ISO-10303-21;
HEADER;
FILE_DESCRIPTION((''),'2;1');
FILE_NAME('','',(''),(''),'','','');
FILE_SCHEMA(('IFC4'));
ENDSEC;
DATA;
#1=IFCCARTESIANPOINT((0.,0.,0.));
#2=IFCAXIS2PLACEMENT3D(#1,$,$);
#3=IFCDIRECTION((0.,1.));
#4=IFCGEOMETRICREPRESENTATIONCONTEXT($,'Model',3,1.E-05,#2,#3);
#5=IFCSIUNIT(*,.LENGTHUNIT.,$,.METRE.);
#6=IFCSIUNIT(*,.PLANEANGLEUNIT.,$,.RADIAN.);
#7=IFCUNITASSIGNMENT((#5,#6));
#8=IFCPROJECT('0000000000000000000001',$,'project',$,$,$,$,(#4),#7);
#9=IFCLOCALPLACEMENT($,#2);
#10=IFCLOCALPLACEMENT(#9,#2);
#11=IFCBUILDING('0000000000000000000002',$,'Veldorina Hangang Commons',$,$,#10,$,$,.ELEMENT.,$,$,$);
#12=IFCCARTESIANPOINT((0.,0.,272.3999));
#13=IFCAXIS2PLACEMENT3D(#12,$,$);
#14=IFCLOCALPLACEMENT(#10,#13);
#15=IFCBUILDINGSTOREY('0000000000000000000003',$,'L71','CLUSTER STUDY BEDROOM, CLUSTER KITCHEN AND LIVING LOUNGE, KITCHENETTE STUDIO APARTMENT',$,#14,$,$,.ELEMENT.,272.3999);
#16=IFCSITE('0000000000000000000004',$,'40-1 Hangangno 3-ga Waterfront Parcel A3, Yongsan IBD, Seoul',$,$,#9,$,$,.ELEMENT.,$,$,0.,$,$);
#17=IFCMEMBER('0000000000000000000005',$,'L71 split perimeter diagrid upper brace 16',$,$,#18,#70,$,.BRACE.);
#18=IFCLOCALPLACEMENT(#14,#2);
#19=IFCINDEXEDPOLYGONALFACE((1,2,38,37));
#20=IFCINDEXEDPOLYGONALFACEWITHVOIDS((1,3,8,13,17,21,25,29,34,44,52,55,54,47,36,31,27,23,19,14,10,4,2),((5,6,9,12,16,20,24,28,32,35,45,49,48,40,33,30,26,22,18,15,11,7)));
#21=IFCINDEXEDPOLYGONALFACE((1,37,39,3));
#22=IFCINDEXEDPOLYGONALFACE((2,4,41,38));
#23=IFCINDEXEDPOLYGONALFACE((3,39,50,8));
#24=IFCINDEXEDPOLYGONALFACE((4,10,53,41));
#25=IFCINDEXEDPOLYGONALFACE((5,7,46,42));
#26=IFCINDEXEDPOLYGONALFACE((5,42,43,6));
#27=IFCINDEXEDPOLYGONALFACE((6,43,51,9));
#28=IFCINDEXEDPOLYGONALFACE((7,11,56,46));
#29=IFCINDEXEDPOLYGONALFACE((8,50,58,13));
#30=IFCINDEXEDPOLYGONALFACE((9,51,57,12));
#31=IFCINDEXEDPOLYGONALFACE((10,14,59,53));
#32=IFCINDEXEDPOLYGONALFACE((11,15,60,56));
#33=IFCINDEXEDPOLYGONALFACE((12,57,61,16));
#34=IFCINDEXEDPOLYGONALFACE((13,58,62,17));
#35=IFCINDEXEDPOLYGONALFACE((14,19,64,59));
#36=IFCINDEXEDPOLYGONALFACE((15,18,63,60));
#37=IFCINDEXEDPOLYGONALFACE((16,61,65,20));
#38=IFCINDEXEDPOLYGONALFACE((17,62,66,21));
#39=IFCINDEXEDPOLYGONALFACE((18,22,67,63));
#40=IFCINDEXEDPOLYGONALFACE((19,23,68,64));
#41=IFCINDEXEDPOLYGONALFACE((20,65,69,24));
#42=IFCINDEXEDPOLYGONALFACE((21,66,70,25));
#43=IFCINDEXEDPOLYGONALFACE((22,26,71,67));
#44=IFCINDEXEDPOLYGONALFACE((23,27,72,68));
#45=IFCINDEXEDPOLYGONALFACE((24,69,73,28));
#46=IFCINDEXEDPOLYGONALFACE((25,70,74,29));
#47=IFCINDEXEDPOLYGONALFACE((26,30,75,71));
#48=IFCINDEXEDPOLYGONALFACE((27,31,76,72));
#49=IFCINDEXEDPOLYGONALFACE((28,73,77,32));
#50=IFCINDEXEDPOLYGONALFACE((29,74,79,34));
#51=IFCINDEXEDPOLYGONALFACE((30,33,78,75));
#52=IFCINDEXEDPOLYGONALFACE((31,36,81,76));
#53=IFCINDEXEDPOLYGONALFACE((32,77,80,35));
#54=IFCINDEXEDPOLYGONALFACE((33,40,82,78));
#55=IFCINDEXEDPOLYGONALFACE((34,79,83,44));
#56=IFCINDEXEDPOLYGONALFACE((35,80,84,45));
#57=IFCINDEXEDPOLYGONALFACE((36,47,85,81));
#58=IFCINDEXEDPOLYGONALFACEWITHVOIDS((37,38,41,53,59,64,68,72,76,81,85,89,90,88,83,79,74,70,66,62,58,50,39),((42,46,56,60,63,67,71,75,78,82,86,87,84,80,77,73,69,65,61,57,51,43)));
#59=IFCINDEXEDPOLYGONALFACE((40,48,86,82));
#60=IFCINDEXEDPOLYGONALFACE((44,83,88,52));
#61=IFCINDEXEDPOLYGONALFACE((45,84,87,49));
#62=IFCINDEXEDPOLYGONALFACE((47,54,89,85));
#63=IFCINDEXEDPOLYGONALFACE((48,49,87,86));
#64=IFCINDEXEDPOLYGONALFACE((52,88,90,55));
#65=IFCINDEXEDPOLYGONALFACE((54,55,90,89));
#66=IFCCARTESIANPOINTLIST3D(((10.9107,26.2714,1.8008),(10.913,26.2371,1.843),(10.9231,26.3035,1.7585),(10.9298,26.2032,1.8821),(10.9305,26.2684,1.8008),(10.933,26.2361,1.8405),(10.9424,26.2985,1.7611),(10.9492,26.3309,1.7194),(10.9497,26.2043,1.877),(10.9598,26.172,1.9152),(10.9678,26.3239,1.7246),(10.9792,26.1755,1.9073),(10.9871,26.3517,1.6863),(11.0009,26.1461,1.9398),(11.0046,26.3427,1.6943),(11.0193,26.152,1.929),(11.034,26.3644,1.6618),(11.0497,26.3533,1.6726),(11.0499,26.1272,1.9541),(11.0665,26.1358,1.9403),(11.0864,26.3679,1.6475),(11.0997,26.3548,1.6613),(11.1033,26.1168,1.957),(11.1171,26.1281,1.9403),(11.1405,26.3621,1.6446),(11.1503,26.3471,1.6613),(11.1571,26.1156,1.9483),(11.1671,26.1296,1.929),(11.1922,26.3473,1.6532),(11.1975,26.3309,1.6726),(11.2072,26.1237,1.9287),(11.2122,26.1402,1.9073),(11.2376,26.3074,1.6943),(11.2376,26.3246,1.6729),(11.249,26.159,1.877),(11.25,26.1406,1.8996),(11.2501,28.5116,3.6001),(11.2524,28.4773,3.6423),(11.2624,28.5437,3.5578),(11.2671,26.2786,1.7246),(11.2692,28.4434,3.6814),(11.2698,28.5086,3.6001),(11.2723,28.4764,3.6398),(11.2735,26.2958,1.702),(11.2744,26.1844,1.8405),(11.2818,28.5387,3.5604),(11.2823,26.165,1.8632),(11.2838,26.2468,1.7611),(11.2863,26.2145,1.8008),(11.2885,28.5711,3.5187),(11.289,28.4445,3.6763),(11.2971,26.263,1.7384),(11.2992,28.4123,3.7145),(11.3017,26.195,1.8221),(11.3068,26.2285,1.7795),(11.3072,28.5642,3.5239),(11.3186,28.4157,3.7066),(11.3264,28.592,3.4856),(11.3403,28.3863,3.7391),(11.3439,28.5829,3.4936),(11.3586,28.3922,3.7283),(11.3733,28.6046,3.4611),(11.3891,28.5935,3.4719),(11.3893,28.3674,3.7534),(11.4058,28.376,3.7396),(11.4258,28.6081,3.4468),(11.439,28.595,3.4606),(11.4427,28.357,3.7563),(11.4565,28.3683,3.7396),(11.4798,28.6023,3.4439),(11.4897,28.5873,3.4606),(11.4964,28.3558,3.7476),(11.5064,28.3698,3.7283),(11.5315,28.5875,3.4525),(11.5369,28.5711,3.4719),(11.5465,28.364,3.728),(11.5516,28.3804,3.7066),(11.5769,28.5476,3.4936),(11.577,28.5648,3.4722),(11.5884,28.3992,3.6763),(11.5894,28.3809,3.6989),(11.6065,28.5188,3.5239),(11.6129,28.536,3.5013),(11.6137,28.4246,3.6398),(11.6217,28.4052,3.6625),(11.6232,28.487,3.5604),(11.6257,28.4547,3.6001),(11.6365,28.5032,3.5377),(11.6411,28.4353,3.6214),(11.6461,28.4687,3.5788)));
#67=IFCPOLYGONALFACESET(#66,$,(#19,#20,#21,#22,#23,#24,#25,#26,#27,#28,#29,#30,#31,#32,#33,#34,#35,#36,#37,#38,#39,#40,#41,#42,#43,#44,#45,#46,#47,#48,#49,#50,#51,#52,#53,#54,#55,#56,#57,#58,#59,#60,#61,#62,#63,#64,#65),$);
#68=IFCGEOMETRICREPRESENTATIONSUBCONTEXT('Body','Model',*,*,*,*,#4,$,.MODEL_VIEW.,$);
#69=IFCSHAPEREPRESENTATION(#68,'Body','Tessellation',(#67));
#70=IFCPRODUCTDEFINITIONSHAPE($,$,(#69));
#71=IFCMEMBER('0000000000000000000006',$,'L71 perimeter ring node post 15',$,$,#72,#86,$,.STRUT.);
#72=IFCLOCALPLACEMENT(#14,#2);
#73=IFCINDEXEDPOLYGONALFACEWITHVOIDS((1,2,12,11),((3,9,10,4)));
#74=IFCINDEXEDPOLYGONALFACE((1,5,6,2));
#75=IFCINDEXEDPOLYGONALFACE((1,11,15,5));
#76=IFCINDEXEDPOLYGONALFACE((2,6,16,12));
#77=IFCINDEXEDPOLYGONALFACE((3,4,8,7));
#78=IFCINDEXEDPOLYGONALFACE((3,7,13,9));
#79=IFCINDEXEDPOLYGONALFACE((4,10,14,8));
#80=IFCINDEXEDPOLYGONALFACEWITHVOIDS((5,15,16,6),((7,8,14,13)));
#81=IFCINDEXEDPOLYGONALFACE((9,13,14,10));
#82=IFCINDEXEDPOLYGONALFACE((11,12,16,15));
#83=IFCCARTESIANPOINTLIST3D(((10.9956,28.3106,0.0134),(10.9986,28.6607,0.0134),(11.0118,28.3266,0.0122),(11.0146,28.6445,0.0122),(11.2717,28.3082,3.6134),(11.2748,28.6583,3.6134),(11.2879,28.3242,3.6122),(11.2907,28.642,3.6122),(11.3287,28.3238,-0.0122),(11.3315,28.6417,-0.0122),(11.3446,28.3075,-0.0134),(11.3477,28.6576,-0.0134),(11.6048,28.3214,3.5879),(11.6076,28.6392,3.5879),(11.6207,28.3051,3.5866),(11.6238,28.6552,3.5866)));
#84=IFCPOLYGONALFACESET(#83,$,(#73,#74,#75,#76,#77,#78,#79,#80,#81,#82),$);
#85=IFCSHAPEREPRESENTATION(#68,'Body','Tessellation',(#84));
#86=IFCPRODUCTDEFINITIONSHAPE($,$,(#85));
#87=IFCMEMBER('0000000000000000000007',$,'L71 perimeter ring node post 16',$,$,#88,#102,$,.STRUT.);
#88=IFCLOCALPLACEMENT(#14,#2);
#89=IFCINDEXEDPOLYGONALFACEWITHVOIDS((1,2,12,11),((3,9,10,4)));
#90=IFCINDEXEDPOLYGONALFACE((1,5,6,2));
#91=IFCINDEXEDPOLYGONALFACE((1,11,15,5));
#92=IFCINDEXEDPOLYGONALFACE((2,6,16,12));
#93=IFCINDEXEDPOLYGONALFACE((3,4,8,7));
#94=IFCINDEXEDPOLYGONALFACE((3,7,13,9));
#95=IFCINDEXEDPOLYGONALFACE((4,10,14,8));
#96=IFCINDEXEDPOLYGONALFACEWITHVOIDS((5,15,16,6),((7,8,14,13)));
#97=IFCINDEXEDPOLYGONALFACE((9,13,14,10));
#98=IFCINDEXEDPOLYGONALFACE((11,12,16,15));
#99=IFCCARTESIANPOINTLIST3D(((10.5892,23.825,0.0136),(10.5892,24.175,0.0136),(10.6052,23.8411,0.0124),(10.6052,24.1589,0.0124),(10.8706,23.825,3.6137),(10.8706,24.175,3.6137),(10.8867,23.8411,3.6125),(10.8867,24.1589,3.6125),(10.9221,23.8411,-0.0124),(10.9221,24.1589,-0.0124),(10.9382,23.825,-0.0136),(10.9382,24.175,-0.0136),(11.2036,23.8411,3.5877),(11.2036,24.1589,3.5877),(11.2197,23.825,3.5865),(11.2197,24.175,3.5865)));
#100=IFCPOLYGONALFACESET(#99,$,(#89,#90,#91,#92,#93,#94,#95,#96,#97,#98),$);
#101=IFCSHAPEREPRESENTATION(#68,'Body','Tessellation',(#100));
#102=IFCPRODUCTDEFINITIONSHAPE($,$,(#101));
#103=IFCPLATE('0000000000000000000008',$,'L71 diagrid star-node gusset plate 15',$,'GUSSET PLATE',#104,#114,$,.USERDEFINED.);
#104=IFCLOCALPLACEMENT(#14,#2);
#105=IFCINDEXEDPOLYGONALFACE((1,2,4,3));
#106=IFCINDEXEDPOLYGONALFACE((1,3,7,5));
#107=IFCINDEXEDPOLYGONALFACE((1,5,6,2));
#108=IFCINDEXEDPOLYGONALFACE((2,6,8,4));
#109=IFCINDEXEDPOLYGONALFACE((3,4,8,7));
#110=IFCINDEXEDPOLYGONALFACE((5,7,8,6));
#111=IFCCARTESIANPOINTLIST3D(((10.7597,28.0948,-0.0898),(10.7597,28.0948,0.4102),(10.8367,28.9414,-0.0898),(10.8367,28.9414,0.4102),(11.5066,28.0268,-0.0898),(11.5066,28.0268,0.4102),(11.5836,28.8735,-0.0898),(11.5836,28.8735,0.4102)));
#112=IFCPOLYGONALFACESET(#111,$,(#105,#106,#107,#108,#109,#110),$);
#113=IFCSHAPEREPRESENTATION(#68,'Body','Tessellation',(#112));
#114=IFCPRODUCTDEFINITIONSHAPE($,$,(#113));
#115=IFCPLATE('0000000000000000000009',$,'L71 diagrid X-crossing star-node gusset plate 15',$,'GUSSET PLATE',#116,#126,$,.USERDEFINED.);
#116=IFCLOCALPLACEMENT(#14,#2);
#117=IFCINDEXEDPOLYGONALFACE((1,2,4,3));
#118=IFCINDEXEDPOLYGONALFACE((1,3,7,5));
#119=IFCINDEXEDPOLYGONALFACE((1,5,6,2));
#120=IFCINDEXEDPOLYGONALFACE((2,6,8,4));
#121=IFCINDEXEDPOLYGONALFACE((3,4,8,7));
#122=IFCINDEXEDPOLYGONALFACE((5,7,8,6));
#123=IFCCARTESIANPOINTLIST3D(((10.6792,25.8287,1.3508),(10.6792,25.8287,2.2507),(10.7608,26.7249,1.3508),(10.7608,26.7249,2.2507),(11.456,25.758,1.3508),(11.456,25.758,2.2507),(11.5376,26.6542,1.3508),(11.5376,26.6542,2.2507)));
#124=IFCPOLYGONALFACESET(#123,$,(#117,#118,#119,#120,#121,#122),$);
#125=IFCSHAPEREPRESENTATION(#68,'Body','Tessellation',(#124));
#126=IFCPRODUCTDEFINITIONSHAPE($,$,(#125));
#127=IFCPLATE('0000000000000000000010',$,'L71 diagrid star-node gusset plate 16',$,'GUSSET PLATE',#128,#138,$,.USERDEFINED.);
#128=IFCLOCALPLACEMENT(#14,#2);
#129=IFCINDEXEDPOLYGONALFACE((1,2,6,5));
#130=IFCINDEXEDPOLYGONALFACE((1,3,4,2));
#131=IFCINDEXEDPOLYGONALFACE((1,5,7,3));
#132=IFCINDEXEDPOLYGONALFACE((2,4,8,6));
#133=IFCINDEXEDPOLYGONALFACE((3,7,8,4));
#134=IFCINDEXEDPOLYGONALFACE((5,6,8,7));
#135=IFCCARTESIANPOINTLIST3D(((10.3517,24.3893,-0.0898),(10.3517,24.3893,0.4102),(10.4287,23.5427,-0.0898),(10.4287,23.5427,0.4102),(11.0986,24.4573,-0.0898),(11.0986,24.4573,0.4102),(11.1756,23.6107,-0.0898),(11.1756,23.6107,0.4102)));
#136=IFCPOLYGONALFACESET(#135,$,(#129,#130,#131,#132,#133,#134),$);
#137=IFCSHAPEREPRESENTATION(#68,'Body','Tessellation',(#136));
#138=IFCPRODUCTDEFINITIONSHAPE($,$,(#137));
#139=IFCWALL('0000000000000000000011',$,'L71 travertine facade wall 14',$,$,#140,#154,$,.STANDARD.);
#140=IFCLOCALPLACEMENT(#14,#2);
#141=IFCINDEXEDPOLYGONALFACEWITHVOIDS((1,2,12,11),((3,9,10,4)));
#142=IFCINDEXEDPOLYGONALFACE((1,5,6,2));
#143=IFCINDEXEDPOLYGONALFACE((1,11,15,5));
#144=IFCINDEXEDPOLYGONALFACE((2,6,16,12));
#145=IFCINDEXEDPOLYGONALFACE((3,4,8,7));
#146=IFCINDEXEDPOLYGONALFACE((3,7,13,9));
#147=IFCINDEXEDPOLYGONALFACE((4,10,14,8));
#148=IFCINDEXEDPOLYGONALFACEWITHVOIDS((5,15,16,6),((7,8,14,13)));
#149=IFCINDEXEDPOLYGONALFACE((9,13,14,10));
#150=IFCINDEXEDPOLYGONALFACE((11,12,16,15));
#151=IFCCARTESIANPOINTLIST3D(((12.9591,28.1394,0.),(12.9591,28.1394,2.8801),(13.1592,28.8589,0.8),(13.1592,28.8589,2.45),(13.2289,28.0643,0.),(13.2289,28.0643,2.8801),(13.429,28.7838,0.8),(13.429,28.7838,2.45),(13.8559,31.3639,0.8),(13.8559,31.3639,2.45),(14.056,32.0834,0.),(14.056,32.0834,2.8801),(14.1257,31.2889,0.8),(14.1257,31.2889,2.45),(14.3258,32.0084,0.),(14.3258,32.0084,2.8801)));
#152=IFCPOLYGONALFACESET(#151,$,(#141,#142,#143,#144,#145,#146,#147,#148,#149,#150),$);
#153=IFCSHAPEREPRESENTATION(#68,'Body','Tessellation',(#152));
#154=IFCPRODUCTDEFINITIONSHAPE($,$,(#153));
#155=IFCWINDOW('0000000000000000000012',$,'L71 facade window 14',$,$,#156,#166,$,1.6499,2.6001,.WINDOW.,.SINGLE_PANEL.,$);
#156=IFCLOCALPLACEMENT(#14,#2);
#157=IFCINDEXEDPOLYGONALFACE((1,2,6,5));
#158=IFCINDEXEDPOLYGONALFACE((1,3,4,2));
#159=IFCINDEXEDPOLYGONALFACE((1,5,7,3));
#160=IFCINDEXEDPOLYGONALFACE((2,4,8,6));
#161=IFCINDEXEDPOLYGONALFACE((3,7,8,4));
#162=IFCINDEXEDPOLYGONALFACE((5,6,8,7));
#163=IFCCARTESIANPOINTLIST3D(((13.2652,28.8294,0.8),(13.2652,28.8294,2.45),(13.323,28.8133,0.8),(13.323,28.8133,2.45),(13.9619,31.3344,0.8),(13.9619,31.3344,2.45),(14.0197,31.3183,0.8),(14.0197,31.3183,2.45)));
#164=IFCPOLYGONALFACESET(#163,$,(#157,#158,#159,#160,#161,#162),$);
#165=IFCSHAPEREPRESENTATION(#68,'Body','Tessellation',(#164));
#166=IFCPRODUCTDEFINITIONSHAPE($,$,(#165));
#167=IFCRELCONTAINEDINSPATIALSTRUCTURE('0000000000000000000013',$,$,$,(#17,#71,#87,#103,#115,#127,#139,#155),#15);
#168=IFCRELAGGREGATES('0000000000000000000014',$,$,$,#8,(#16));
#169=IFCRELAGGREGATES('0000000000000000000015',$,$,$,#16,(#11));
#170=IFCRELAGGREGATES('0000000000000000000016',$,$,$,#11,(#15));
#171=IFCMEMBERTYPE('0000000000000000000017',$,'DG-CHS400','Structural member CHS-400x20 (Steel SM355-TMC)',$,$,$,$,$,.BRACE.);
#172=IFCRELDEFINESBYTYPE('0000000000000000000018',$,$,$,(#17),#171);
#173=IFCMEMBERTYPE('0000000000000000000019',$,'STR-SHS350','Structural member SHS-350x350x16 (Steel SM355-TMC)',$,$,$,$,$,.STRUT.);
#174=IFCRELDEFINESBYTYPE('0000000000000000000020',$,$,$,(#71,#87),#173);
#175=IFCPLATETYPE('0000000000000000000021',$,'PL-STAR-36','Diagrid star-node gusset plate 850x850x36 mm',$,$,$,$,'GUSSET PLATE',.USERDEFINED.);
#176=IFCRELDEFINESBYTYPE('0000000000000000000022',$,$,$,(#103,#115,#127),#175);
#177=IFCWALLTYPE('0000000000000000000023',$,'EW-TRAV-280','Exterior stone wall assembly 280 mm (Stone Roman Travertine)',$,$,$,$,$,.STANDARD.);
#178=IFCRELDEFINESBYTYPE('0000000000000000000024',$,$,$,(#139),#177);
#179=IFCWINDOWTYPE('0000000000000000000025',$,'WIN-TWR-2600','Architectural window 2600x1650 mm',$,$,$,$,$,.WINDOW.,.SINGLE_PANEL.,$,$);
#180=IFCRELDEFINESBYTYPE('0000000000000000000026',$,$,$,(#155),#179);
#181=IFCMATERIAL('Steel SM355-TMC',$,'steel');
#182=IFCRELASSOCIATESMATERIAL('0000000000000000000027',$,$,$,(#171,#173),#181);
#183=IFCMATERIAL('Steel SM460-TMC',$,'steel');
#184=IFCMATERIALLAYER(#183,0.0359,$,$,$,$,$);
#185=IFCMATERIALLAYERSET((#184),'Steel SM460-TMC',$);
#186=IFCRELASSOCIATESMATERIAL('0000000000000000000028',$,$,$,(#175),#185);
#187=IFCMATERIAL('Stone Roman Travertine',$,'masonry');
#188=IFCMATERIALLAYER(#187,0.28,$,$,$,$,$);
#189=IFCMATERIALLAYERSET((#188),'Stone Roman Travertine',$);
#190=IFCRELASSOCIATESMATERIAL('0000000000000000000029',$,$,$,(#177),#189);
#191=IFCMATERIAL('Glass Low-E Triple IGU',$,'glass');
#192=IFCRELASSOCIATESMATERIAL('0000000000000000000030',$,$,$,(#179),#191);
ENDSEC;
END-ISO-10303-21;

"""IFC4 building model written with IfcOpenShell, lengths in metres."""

from ifc_helpers import new_model, si_unit, direction, frame, frame_2d, origin, origin_2d, place, context, subcontext, project, spatial, rectangle, hollow_rectangle, hollow_circle, extrude, material, layer, layer_set, material_profile, profile_set, type_object, element, fill, save


model = new_model("IFC4")

# Units and contexts
model_context = context("Model", 3, precision=1e-05, world=origin(), true_north=direction((0.0, 1.0)))
body_context = subcontext(model_context, "Body", "Model", "MODEL_VIEW")
ifc_project = project(units=[si_unit("LENGTHUNIT", "METRE"), si_unit("PLANEANGLEUNIT", "RADIAN")], contexts=[model_context])

# Site, building, storey
site_placement = place(None, origin())
site = spatial("IfcSite", under=ifc_project, at=site_placement, Name="40-1 Hangangno 3-ga Waterfront Parcel A3, Yongsan IBD, Seoul", CompositionType="ELEMENT", RefElevation=0.0)
building_placement = place(site_placement, origin())
building = spatial("IfcBuilding", under=site, at=building_placement, Name="Veldorina Hangang Commons", CompositionType="ELEMENT")
storey_placement = place(building_placement, frame((0.0, 0.0, 272.3999)))
storey = spatial("IfcBuildingStorey", under=building, at=storey_placement, Name="L71", Description="CLUSTER STUDY BEDROOM, CLUSTER KITCHEN AND LIVING LOUNGE, KITCHENETTE STUDIO APARTMENT", CompositionType="ELEMENT", Elevation=272.3999)

# Shared definitions
ifc_material_1 = material(Name="Steel SM355-TMC", Category="steel")

# Members
ifc_material_profile_1 = material_profile(ifc_material_1, hollow_circle(Radius=0.2, WallThickness=0.02, at=origin_2d()), Name="CHS-400x20")
ifc_profile_set_1 = profile_set([ifc_material_profile_1], Name="Steel SM355-TMC")
member_type_1 = type_object("IfcMemberType", Name="DG-CHS400", Description="Structural member CHS-400x20 (Steel SM355-TMC)", PredefinedType="BRACE", material=ifc_profile_set_1)
member_1_placement = place(storey_placement, frame((11.1084, 26.2415, 1.8008), z_axis=(0.117289, 0.774276, 0.621885), x_axis=(-0.98872, 0.149773, 0.0)))
element("IfcMember", 1, at=member_1_placement, inside=storey, type_object=member_type_1, Name="L71 split perimeter diagrid upper brace 16", PredefinedType="BRACE", context=body_context, shape_type="SweptSolid", body=[
    extrude(hollow_circle(Radius=0.2, WallThickness=0.02, at=origin_2d()), origin(), (0.0, 0.0, 1.0), 2.8933),
])
ifc_material_profile_2 = material_profile(ifc_material_1, hollow_rectangle(XDim=0.3501, YDim=0.3501, WallThickness=0.0161, at=origin_2d()), Name="SHS-350x350x16")
ifc_profile_set_2 = profile_set([ifc_material_profile_2], Name="Steel SM355-TMC")
member_type_2 = type_object("IfcMemberType", Name="STR-SHS350", Description="Structural member SHS-350x350x16 (Steel SM355-TMC)", PredefinedType="STRUT", material=ifc_profile_set_2)
member_2_placement = place(storey_placement, frame((11.1716, 28.4841, 0.0), z_axis=(0.076474, -0.000676, 0.997071), x_axis=(0.008841, 0.999961, 0.0)))
element("IfcMember", 2, at=member_2_placement, inside=storey, type_object=member_type_2, Name="L71 perimeter ring node post 15", PredefinedType="STRUT", context=body_context, shape_type="SweptSolid", body=[
    extrude(hollow_rectangle(XDim=0.3501, YDim=0.3501, WallThickness=0.0161, at=origin_2d()), origin(), (0.0, 0.0, 1.0), 3.6106),
])
member_3_placement = place(storey_placement, frame((10.7637, 24.0, 0.0), z_axis=(0.077953, 0.0, 0.996957), x_axis=(0.0, 1.0, 0.0)))
element("IfcMember", 3, at=member_3_placement, inside=storey, type_object=member_type_2, Name="L71 perimeter ring node post 16", PredefinedType="STRUT", context=body_context, shape_type="SweptSolid", body=[
    extrude(hollow_rectangle(XDim=0.3501, YDim=0.3501, WallThickness=0.0161, at=origin_2d()), origin(), (0.0, 0.0, 1.0), 3.6111),
])

# Plates
ifc_material_2 = material(Name="Steel SM460-TMC", Category="steel")
ifc_layer_1 = layer(ifc_material_2, 0.0359)
ifc_layer_set_1 = layer_set([ifc_layer_1], Name="Steel SM460-TMC")
plate_type = type_object("IfcPlateType", Name="PL-STAR-36", Description="Diagrid star-node gusset plate 850x850x36 mm", ElementType="GUSSET PLATE", PredefinedType="USERDEFINED", material=ifc_layer_set_1)
plate_1_placement = place(storey_placement, frame((11.1716, 28.4841, -0.0898), z_axis=(0.0, 0.0, 1.0), x_axis=(-0.090615, -0.995886, 0.0)))
element("IfcPlate", 4, at=plate_1_placement, inside=storey, type_object=plate_type, Name="L71 diagrid star-node gusset plate 15", ObjectType="GUSSET PLATE", PredefinedType="USERDEFINED", context=body_context, shape_type="SweptSolid", body=[
    extrude(rectangle(XDim=0.8501, YDim=0.75, at=origin_2d()), origin(), (0.0, 0.0, 1.0), 0.5),
])
plate_2_placement = place(storey_placement, frame((11.1084, 26.2415, 1.3508), z_axis=(0.0, 0.0, 1.0), x_axis=(-0.090615, -0.995886, 0.0)))
element("IfcPlate", 5, at=plate_2_placement, inside=storey, type_object=plate_type, Name="L71 diagrid X-crossing star-node gusset plate 15", ObjectType="GUSSET PLATE", PredefinedType="USERDEFINED", context=body_context, shape_type="SweptSolid", body=[
    extrude(rectangle(XDim=0.8999, YDim=0.78, at=origin_2d()), origin(), (0.0, 0.0, 1.0), 0.8999),
])
plate_3_placement = place(storey_placement, frame((10.7637, 24.0, -0.0898), z_axis=(0.0, 0.0, 1.0), x_axis=(0.090615, -0.995886, 0.0)))
element("IfcPlate", 6, at=plate_3_placement, inside=storey, type_object=plate_type, Name="L71 diagrid star-node gusset plate 16", ObjectType="GUSSET PLATE", PredefinedType="USERDEFINED", context=body_context, shape_type="SweptSolid", body=[
    extrude(rectangle(XDim=0.8501, YDim=0.75, at=origin_2d()), origin(), (0.0, 0.0, 1.0), 0.5),
])

# Wall, opening, window
ifc_material_3 = material(Name="Stone Roman Travertine", Category="masonry")
ifc_layer_2 = layer(ifc_material_3, 0.28)
ifc_layer_set_2 = layer_set([ifc_layer_2], Name="Stone Roman Travertine")
wall_type_1 = type_object("IfcWallType", Name="EW-TRAV-280", Description="Exterior stone wall assembly 280 mm (Stone Roman Travertine)", PredefinedType="STANDARD", material=ifc_layer_set_2)
wall_1_placement = place(storey_placement, frame((14.1909, 32.0459, 0.0), z_axis=(0.0, 0.0, 1.0), x_axis=(-0.267948, -0.963433, 0.0)))
wall_1 = element("IfcWall", 7, at=wall_1_placement, inside=storey, type_object=wall_type_1, Name="L71 travertine facade wall 14", PredefinedType="STANDARD", context=body_context, shape_type="SweptSolid", body=[
    extrude(rectangle(XDim=4.0938, YDim=0.28, at=frame_2d((2.0469, 0.0))), origin(), (0.0, 0.0, 1.0), 2.8801),
])
opening_1_placement = place(wall_1_placement, frame((0.7468, 0.0, 0.8)))
opening_1 = element("IfcOpeningElement", 8, at=opening_1_placement, cuts=wall_1, PredefinedType="OPENING", context=body_context, shape_type="SweptSolid", body=[
    extrude(rectangle(XDim=2.6001, YDim=1.6499, at=frame_2d((1.3, 0.825))), frame((0.0, 0.1499, 0.0), z_axis=(0.0, -1.0, 0.0), x_axis=(1.0, 0.0, 0.0)), (0.0, 0.0, 1.0), 0.3),
])
ifc_material_4 = material(Name="Glass Low-E Triple IGU", Category="glass")
window_type = type_object("IfcWindowType", Name="WIN-TWR-2600", Description="Architectural window 2600x1650 mm", PartitioningType="SINGLE_PANEL", PredefinedType="WINDOW", material=ifc_material_4)
window_1_placement = place(opening_1_placement, origin())
window_1 = element("IfcWindow", 9, at=window_1_placement, inside=storey, type_object=window_type, Name="L71 facade window 14", OverallHeight=1.6499, OverallWidth=2.6001, PartitioningType="SINGLE_PANEL", PredefinedType="WINDOW", context=body_context, shape_type="SweptSolid", body=[
    extrude(rectangle(XDim=2.6001, YDim=1.6499, at=frame_2d((1.3, 0.825))), frame((0.0, 0.03, 0.0), z_axis=(0.0, -1.0, 0.0), x_axis=(1.0, 0.0, 0.0)), (0.0, 0.0, 1.0), 0.0601),
])
fill(opening_1, window_1)

save(model, "model.ifc")
